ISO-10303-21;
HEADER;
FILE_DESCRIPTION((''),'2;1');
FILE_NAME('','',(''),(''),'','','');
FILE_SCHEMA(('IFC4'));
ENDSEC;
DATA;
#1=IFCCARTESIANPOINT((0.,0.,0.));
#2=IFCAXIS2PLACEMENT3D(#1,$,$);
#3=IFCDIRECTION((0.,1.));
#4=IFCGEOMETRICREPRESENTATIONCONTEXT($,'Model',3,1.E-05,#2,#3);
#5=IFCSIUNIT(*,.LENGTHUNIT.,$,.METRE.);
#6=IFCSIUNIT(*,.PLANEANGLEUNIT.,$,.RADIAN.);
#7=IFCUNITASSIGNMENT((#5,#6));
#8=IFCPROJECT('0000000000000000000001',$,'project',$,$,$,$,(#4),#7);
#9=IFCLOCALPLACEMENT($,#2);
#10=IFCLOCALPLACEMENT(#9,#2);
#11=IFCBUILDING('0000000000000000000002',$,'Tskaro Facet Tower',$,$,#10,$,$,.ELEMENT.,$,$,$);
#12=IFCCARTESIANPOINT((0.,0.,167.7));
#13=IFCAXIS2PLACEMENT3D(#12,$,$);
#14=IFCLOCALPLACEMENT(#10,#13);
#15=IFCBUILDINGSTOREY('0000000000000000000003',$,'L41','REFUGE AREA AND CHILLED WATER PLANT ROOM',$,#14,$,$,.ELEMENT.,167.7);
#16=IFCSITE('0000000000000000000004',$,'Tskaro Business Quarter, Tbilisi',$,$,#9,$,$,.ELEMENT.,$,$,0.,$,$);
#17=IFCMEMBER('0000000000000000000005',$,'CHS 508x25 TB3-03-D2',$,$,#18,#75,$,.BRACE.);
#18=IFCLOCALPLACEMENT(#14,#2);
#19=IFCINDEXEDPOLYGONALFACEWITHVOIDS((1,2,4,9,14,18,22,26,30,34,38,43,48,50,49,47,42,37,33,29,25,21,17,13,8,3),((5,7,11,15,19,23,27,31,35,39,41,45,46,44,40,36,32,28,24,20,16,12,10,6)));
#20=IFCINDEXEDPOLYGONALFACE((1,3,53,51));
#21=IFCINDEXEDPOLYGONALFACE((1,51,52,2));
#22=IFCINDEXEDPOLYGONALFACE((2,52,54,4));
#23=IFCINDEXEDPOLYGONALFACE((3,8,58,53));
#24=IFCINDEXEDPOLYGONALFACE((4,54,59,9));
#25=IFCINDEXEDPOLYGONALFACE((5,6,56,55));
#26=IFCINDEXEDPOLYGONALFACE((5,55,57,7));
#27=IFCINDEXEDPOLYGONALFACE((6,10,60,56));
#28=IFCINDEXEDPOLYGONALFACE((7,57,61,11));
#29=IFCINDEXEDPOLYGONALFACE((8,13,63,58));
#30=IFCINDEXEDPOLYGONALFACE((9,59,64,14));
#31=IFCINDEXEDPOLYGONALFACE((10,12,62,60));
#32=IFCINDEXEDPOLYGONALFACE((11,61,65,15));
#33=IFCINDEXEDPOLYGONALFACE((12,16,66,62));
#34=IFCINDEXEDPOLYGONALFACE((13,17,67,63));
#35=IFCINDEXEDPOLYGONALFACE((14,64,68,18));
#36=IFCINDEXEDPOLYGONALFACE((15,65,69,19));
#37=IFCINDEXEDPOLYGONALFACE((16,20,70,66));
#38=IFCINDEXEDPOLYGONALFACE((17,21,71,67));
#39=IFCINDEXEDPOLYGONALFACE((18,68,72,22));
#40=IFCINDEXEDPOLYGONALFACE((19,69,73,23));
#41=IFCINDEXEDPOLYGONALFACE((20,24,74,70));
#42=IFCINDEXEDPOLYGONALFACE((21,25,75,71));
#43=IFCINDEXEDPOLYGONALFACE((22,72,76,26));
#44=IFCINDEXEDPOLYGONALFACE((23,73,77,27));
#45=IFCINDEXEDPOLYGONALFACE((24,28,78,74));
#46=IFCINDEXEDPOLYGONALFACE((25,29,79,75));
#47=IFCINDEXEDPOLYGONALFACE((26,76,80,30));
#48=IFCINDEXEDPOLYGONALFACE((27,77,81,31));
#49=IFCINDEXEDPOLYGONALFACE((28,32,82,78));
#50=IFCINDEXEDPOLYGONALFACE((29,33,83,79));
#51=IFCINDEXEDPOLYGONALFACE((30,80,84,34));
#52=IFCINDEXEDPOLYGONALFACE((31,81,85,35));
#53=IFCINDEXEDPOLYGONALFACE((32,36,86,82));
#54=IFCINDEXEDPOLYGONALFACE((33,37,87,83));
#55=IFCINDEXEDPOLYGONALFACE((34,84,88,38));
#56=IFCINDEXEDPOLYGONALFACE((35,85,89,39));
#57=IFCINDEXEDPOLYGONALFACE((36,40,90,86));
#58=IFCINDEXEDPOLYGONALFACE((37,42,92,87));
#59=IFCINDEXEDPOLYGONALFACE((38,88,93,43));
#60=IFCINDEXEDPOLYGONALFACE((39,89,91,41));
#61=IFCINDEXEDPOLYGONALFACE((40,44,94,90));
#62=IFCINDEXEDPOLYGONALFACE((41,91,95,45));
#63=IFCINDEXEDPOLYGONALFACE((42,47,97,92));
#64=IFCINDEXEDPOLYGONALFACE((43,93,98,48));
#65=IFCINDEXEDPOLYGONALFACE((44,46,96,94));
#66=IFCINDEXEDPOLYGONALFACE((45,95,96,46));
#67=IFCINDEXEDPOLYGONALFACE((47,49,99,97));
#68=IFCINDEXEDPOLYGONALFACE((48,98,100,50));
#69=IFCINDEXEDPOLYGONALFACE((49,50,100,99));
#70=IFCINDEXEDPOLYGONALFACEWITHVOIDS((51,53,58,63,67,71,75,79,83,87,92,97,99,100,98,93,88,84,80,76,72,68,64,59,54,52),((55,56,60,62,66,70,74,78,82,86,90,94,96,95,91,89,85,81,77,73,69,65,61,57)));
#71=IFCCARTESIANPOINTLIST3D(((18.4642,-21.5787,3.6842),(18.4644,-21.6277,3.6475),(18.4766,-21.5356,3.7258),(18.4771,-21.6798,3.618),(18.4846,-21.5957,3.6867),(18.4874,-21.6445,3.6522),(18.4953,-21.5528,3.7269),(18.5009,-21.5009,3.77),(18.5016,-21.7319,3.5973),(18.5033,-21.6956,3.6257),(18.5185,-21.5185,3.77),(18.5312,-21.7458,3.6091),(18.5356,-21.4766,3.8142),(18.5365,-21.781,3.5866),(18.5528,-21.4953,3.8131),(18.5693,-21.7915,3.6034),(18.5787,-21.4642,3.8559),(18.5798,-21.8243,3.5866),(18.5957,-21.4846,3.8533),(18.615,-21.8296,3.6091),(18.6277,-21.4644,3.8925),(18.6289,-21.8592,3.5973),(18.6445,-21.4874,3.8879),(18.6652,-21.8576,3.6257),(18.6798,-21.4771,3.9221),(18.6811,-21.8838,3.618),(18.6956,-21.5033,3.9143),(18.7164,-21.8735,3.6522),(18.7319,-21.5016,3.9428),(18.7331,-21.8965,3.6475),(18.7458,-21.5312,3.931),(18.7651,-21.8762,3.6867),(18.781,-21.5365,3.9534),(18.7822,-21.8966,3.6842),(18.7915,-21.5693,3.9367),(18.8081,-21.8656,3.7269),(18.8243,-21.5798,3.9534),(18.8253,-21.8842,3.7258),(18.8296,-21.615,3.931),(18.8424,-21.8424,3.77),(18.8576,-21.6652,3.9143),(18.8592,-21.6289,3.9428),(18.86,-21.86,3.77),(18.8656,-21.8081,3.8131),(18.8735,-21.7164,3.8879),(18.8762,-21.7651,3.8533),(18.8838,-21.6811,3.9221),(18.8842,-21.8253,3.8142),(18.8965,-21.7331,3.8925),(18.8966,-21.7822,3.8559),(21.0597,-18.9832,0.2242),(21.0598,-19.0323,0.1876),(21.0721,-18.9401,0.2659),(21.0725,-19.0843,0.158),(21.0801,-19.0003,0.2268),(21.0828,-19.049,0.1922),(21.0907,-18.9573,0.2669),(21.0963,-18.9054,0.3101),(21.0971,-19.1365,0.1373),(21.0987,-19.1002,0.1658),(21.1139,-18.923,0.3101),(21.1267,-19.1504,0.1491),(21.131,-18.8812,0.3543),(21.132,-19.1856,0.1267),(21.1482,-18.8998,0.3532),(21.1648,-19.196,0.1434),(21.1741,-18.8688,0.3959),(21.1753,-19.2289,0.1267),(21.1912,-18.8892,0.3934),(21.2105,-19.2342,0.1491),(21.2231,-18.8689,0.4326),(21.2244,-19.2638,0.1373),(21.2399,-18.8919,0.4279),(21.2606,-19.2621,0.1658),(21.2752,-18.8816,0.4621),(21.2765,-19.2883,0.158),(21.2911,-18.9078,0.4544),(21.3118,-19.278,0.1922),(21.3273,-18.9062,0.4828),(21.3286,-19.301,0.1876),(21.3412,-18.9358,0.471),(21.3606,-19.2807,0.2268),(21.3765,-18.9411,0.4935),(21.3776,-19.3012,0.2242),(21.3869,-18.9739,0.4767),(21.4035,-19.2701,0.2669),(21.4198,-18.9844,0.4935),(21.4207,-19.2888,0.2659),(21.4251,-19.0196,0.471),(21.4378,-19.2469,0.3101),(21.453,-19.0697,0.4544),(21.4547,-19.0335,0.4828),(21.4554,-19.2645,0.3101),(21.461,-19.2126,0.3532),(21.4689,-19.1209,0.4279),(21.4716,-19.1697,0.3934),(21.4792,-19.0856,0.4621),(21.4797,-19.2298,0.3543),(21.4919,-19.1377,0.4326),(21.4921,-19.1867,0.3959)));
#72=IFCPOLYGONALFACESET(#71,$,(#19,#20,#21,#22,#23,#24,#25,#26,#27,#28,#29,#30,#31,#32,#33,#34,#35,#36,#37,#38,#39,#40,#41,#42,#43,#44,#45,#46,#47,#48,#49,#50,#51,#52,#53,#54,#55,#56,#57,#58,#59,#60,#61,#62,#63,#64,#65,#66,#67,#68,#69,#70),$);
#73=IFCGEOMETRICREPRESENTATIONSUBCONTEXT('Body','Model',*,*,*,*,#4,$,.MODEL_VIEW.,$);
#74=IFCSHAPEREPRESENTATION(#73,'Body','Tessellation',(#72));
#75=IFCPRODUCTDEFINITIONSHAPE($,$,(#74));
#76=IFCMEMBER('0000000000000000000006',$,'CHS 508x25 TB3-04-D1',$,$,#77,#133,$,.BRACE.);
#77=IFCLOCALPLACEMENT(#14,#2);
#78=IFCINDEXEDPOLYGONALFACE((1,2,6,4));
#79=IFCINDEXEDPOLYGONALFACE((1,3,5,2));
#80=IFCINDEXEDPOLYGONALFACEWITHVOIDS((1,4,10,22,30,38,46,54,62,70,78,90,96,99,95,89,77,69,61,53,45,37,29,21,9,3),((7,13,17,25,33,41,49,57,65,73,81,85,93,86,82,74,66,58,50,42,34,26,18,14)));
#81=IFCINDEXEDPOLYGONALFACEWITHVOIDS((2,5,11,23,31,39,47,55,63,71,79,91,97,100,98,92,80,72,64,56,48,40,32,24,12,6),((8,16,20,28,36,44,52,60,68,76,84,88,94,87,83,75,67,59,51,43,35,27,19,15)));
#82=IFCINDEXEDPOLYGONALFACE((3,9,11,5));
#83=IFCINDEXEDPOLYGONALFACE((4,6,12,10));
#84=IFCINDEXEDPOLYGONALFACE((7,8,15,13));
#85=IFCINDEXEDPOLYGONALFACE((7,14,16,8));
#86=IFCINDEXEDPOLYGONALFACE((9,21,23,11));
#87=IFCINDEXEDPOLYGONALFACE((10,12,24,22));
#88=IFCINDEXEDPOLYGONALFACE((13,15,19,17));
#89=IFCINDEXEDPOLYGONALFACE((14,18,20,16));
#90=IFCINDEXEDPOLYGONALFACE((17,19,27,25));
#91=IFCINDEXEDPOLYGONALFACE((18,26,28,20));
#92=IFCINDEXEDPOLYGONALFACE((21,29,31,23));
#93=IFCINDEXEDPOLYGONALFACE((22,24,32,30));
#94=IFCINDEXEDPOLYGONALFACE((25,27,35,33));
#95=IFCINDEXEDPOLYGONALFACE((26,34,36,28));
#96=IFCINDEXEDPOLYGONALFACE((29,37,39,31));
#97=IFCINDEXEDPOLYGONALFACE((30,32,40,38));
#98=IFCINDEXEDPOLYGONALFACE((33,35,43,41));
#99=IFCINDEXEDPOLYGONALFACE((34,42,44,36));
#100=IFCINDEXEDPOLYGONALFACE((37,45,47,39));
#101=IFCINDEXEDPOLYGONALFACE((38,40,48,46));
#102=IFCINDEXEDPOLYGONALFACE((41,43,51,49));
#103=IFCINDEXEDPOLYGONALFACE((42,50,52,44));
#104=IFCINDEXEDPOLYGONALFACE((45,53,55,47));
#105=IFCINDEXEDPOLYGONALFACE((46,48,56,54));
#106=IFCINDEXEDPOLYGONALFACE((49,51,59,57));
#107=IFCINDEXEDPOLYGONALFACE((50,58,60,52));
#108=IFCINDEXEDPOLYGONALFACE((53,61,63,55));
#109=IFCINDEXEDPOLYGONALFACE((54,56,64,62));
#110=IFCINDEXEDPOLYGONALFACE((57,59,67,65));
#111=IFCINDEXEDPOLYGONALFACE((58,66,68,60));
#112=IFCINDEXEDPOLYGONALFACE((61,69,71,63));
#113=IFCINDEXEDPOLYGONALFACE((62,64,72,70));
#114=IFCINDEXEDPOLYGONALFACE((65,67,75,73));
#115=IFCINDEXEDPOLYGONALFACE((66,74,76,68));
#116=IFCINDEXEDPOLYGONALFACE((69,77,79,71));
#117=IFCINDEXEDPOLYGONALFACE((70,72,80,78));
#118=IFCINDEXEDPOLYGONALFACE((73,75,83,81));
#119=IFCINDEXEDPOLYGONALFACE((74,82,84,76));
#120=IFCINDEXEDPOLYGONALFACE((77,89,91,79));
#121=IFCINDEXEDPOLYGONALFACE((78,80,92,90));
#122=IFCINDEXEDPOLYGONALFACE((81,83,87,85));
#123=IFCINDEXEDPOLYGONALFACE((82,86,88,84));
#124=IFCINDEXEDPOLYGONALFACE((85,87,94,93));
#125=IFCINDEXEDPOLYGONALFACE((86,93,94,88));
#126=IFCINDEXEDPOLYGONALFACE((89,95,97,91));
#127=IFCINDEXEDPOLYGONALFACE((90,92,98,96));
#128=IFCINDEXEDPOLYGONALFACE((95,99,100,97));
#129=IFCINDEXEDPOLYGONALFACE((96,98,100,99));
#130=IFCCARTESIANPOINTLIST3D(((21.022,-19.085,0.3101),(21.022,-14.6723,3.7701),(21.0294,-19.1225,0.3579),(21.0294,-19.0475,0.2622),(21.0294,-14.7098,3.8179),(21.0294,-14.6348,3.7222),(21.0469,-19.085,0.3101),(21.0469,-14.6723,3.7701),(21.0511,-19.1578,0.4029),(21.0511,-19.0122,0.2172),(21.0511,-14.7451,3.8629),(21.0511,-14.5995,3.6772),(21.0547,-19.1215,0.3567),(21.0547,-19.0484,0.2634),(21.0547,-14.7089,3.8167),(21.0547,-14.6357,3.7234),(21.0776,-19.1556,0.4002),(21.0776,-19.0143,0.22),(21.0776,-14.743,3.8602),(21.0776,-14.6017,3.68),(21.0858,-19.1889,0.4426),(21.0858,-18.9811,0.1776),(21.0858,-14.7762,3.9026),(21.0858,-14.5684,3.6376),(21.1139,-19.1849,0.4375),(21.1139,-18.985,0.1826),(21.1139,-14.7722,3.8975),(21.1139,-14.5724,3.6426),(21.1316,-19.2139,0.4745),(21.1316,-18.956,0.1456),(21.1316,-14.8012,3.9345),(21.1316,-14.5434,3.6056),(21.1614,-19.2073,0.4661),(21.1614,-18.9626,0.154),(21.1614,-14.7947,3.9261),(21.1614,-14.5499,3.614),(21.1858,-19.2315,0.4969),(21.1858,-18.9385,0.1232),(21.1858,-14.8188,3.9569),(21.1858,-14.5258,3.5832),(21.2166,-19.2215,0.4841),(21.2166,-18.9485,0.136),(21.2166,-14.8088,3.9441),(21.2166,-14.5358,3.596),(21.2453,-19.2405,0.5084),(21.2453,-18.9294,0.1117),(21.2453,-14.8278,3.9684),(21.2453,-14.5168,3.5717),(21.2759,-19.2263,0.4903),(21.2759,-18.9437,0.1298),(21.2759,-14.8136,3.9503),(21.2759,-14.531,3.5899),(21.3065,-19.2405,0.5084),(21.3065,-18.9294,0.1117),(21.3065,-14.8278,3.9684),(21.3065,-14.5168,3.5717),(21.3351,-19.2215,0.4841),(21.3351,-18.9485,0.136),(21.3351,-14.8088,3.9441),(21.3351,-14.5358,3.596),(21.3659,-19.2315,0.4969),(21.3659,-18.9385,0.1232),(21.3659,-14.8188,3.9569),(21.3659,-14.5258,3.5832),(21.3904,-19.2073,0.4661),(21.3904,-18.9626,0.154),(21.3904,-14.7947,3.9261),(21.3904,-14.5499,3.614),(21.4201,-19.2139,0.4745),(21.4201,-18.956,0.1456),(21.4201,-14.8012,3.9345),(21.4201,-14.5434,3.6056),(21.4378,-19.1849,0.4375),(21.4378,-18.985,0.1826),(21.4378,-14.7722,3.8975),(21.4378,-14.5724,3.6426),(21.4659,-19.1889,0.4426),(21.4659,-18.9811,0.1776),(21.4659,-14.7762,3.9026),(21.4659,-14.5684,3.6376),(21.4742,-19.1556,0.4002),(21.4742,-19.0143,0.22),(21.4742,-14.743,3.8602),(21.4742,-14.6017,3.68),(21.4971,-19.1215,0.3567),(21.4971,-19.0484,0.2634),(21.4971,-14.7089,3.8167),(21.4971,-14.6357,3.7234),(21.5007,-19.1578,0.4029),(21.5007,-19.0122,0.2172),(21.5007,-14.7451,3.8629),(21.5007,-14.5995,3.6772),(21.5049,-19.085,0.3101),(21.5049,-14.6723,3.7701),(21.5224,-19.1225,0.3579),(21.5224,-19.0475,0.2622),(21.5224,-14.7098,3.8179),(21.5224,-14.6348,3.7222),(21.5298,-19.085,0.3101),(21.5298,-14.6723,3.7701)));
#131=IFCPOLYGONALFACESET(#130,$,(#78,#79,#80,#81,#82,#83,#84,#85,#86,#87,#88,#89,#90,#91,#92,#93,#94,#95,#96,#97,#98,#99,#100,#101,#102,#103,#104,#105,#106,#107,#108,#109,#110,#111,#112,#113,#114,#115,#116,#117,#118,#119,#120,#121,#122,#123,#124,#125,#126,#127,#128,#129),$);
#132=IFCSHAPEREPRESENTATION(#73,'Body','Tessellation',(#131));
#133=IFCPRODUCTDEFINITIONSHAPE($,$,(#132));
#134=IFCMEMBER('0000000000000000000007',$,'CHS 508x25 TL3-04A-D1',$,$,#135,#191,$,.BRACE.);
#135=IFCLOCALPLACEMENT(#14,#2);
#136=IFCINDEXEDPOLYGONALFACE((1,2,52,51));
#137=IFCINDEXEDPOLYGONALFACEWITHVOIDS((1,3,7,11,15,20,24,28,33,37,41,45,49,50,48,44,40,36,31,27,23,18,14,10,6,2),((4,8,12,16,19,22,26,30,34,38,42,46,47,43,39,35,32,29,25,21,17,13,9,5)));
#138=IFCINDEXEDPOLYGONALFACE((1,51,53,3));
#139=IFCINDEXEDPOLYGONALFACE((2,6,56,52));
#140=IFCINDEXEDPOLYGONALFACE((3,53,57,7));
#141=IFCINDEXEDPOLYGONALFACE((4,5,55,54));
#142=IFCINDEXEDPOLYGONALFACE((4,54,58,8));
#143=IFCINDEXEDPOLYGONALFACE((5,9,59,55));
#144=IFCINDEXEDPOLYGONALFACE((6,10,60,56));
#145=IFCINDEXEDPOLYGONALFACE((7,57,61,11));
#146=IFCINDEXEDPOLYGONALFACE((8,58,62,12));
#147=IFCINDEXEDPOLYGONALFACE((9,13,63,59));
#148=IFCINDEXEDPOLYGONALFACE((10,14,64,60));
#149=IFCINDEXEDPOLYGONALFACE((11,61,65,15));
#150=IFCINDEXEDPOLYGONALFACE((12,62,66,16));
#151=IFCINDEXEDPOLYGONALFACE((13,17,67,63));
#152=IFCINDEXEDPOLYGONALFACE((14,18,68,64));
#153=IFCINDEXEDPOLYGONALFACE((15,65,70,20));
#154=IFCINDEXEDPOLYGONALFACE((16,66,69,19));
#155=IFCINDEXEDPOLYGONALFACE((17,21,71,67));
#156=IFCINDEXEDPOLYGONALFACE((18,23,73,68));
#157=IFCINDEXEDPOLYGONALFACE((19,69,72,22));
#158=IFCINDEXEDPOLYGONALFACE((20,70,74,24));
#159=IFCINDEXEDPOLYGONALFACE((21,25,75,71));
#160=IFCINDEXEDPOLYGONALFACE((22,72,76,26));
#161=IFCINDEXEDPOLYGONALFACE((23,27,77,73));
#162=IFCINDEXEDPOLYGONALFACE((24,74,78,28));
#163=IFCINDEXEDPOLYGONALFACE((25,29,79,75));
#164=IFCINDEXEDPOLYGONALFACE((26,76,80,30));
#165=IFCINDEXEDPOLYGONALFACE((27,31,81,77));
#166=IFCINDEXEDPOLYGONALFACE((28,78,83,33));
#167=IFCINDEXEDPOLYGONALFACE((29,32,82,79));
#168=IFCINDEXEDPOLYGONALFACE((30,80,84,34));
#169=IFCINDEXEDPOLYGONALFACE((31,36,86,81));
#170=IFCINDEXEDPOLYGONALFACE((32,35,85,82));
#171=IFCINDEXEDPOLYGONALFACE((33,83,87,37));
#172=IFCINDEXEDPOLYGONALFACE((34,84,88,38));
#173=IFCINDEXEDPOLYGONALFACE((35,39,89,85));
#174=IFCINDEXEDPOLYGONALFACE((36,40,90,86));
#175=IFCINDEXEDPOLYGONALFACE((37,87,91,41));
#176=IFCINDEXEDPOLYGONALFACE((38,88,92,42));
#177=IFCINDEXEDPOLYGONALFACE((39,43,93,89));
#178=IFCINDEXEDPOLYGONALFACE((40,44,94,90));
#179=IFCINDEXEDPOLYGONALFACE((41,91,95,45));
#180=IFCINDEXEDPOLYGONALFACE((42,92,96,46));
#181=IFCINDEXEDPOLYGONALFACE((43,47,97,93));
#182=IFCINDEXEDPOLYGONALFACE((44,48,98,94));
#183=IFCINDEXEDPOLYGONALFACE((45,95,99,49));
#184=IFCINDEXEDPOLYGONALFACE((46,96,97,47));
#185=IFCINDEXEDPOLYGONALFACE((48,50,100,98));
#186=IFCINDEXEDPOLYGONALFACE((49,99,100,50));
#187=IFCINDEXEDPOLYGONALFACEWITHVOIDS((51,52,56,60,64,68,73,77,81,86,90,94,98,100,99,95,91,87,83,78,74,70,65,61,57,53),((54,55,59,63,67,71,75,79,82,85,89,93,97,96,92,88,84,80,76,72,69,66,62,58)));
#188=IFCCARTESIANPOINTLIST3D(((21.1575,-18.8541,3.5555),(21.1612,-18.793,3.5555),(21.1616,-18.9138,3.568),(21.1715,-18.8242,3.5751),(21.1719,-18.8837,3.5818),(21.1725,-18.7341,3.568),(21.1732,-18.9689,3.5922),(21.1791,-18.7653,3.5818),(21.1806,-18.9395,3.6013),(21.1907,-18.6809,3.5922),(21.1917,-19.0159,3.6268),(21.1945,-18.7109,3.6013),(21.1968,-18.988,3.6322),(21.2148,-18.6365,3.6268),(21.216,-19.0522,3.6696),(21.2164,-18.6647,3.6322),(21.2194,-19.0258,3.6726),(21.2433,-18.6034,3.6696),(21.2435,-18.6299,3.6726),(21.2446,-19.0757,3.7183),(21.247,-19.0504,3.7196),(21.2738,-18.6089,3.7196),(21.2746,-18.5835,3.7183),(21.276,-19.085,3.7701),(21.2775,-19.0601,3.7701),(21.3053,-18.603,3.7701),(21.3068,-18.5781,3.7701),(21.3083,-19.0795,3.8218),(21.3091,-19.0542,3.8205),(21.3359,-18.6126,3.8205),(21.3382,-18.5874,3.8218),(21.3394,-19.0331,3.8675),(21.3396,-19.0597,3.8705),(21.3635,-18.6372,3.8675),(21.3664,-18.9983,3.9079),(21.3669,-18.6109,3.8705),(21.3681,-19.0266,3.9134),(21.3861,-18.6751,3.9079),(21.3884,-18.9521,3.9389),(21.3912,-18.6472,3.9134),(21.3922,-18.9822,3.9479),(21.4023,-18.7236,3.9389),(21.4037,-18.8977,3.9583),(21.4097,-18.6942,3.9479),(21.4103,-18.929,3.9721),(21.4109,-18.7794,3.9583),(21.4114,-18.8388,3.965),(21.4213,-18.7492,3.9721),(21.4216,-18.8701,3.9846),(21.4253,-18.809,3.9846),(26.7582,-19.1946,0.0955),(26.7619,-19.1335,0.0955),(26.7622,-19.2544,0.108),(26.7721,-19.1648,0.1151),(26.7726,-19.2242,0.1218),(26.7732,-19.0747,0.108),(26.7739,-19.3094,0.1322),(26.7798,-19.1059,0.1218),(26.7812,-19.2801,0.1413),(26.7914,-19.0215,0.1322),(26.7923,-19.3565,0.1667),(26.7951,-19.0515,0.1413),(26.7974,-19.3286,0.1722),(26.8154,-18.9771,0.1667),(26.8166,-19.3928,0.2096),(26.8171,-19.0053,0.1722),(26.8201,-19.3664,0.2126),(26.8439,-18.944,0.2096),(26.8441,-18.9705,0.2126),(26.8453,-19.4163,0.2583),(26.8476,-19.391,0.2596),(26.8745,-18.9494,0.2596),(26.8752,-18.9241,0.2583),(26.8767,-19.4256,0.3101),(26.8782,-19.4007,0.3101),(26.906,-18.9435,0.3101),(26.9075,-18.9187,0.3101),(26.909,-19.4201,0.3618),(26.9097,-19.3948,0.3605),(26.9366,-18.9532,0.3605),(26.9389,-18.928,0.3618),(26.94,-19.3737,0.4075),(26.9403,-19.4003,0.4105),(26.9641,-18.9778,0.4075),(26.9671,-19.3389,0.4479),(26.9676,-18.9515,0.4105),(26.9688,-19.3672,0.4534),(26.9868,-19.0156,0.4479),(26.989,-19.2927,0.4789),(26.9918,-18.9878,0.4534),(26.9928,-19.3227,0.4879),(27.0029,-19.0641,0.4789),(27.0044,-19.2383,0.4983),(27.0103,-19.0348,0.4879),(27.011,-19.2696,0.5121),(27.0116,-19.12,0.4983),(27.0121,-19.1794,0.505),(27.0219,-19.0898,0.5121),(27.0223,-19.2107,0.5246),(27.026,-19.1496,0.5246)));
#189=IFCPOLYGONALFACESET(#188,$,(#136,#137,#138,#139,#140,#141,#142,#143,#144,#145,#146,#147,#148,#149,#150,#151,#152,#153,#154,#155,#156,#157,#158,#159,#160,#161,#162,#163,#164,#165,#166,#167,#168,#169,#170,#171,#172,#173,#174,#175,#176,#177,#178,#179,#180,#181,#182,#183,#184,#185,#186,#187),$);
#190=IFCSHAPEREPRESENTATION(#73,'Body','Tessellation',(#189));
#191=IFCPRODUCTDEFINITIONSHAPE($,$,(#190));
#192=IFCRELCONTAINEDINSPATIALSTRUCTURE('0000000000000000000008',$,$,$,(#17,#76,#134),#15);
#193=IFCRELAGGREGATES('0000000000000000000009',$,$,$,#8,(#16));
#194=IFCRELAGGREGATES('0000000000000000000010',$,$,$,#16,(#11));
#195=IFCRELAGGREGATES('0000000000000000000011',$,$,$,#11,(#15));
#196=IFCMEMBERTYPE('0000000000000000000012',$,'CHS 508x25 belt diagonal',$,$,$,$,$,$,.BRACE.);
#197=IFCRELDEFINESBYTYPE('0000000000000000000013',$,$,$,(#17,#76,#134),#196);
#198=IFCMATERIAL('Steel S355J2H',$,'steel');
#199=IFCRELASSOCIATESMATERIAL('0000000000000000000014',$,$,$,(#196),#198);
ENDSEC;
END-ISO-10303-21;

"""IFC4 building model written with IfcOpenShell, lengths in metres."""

from ifc_helpers import new_model, si_unit, direction, frame, origin, origin_2d, place, context, subcontext, project, spatial, hollow_circle, extrude, material, material_profile, profile_set, type_object, element, save


model = new_model("IFC4")

# Units and contexts
model_context = context("Model", 3, precision=1e-05, world=origin(), true_north=direction((0.0, 1.0)))
body_context = subcontext(model_context, "Body", "Model", "MODEL_VIEW")
ifc_project = project(units=[si_unit("LENGTHUNIT", "METRE"), si_unit("PLANEANGLEUNIT", "RADIAN")], contexts=[model_context])

# Site, building, storey
site_placement = place(None, origin())
site = spatial("IfcSite", under=ifc_project, at=site_placement, Name="Tskaro Business Quarter, Tbilisi", CompositionType="ELEMENT", RefElevation=0.0)
building_placement = place(site_placement, origin())
building = spatial("IfcBuilding", under=site, at=building_placement, Name="Tskaro Facet Tower", CompositionType="ELEMENT")
storey_placement = place(building_placement, frame((0.0, 0.0, 167.7)))
storey = spatial("IfcBuildingStorey", under=building, at=storey_placement, Name="L41", Description="REFUGE AREA AND CHILLED WATER PLANT ROOM", CompositionType="ELEMENT", Elevation=167.7)

# Shared definitions
ifc_material_1 = material(Name="Steel S355J2H", Category="steel")

# Members
ifc_material_profile_1 = material_profile(ifc_material_1, hollow_circle(Radius=0.2539, WallThickness=0.0249, at=origin_2d()), Name="CHS 508x25")
ifc_profile_set_1 = profile_set([ifc_material_profile_1], Name="Steel S355J2H")
member_type_1 = type_object("IfcMemberType", Name="CHS 508x25 belt diagonal", PredefinedType="BRACE", material=ifc_profile_set_1)
member_1_placement = place(storey_placement, frame((18.6804, -21.6804, 3.77), z_axis=(0.514541, 0.514541, -0.685926), x_axis=(-0.707107, 0.707107, 0.0)))
element("IfcMember", 1, at=member_1_placement, inside=storey, type_object=member_type_1, Name="CHS 508x25 TB3-03-D2", PredefinedType="BRACE", context=body_context, shape_type="SweptSolid", body=[
    extrude(hollow_circle(Radius=0.2539, WallThickness=0.0249, at=origin_2d()), origin(), (0.0, 0.0, 1.0), 5.0442),
])
member_2_placement = place(storey_placement, frame((21.2759, -19.085, 0.3101), z_axis=(0.0, 0.786931, 0.617041), x_axis=(-1.0, 0.0, 0.0)))
element("IfcMember", 2, at=member_2_placement, inside=storey, type_object=member_type_1, Name="CHS 508x25 TB3-04-D1", PredefinedType="BRACE", context=body_context, shape_type="SweptSolid", body=[
    extrude(hollow_circle(Radius=0.2539, WallThickness=0.0249, at=origin_2d()), origin(), (0.0, 0.0, 1.0), 5.6074),
])
member_3_placement = place(storey_placement, frame((26.8921, -19.1721, 0.3101), z_axis=(-0.849609, 0.051665, 0.524876), x_axis=(-0.060699, -0.998156, 0.0)))
element("IfcMember", 3, at=member_3_placement, inside=storey, type_object=member_type_1, Name="CHS 508x25 TL3-04A-D1", PredefinedType="BRACE", context=body_context, shape_type="SweptSolid", body=[
    extrude(hollow_circle(Radius=0.2539, WallThickness=0.0249, at=origin_2d()), origin(), (0.0, 0.0, 1.0), 6.592),
])

save(model, "model.ifc")
